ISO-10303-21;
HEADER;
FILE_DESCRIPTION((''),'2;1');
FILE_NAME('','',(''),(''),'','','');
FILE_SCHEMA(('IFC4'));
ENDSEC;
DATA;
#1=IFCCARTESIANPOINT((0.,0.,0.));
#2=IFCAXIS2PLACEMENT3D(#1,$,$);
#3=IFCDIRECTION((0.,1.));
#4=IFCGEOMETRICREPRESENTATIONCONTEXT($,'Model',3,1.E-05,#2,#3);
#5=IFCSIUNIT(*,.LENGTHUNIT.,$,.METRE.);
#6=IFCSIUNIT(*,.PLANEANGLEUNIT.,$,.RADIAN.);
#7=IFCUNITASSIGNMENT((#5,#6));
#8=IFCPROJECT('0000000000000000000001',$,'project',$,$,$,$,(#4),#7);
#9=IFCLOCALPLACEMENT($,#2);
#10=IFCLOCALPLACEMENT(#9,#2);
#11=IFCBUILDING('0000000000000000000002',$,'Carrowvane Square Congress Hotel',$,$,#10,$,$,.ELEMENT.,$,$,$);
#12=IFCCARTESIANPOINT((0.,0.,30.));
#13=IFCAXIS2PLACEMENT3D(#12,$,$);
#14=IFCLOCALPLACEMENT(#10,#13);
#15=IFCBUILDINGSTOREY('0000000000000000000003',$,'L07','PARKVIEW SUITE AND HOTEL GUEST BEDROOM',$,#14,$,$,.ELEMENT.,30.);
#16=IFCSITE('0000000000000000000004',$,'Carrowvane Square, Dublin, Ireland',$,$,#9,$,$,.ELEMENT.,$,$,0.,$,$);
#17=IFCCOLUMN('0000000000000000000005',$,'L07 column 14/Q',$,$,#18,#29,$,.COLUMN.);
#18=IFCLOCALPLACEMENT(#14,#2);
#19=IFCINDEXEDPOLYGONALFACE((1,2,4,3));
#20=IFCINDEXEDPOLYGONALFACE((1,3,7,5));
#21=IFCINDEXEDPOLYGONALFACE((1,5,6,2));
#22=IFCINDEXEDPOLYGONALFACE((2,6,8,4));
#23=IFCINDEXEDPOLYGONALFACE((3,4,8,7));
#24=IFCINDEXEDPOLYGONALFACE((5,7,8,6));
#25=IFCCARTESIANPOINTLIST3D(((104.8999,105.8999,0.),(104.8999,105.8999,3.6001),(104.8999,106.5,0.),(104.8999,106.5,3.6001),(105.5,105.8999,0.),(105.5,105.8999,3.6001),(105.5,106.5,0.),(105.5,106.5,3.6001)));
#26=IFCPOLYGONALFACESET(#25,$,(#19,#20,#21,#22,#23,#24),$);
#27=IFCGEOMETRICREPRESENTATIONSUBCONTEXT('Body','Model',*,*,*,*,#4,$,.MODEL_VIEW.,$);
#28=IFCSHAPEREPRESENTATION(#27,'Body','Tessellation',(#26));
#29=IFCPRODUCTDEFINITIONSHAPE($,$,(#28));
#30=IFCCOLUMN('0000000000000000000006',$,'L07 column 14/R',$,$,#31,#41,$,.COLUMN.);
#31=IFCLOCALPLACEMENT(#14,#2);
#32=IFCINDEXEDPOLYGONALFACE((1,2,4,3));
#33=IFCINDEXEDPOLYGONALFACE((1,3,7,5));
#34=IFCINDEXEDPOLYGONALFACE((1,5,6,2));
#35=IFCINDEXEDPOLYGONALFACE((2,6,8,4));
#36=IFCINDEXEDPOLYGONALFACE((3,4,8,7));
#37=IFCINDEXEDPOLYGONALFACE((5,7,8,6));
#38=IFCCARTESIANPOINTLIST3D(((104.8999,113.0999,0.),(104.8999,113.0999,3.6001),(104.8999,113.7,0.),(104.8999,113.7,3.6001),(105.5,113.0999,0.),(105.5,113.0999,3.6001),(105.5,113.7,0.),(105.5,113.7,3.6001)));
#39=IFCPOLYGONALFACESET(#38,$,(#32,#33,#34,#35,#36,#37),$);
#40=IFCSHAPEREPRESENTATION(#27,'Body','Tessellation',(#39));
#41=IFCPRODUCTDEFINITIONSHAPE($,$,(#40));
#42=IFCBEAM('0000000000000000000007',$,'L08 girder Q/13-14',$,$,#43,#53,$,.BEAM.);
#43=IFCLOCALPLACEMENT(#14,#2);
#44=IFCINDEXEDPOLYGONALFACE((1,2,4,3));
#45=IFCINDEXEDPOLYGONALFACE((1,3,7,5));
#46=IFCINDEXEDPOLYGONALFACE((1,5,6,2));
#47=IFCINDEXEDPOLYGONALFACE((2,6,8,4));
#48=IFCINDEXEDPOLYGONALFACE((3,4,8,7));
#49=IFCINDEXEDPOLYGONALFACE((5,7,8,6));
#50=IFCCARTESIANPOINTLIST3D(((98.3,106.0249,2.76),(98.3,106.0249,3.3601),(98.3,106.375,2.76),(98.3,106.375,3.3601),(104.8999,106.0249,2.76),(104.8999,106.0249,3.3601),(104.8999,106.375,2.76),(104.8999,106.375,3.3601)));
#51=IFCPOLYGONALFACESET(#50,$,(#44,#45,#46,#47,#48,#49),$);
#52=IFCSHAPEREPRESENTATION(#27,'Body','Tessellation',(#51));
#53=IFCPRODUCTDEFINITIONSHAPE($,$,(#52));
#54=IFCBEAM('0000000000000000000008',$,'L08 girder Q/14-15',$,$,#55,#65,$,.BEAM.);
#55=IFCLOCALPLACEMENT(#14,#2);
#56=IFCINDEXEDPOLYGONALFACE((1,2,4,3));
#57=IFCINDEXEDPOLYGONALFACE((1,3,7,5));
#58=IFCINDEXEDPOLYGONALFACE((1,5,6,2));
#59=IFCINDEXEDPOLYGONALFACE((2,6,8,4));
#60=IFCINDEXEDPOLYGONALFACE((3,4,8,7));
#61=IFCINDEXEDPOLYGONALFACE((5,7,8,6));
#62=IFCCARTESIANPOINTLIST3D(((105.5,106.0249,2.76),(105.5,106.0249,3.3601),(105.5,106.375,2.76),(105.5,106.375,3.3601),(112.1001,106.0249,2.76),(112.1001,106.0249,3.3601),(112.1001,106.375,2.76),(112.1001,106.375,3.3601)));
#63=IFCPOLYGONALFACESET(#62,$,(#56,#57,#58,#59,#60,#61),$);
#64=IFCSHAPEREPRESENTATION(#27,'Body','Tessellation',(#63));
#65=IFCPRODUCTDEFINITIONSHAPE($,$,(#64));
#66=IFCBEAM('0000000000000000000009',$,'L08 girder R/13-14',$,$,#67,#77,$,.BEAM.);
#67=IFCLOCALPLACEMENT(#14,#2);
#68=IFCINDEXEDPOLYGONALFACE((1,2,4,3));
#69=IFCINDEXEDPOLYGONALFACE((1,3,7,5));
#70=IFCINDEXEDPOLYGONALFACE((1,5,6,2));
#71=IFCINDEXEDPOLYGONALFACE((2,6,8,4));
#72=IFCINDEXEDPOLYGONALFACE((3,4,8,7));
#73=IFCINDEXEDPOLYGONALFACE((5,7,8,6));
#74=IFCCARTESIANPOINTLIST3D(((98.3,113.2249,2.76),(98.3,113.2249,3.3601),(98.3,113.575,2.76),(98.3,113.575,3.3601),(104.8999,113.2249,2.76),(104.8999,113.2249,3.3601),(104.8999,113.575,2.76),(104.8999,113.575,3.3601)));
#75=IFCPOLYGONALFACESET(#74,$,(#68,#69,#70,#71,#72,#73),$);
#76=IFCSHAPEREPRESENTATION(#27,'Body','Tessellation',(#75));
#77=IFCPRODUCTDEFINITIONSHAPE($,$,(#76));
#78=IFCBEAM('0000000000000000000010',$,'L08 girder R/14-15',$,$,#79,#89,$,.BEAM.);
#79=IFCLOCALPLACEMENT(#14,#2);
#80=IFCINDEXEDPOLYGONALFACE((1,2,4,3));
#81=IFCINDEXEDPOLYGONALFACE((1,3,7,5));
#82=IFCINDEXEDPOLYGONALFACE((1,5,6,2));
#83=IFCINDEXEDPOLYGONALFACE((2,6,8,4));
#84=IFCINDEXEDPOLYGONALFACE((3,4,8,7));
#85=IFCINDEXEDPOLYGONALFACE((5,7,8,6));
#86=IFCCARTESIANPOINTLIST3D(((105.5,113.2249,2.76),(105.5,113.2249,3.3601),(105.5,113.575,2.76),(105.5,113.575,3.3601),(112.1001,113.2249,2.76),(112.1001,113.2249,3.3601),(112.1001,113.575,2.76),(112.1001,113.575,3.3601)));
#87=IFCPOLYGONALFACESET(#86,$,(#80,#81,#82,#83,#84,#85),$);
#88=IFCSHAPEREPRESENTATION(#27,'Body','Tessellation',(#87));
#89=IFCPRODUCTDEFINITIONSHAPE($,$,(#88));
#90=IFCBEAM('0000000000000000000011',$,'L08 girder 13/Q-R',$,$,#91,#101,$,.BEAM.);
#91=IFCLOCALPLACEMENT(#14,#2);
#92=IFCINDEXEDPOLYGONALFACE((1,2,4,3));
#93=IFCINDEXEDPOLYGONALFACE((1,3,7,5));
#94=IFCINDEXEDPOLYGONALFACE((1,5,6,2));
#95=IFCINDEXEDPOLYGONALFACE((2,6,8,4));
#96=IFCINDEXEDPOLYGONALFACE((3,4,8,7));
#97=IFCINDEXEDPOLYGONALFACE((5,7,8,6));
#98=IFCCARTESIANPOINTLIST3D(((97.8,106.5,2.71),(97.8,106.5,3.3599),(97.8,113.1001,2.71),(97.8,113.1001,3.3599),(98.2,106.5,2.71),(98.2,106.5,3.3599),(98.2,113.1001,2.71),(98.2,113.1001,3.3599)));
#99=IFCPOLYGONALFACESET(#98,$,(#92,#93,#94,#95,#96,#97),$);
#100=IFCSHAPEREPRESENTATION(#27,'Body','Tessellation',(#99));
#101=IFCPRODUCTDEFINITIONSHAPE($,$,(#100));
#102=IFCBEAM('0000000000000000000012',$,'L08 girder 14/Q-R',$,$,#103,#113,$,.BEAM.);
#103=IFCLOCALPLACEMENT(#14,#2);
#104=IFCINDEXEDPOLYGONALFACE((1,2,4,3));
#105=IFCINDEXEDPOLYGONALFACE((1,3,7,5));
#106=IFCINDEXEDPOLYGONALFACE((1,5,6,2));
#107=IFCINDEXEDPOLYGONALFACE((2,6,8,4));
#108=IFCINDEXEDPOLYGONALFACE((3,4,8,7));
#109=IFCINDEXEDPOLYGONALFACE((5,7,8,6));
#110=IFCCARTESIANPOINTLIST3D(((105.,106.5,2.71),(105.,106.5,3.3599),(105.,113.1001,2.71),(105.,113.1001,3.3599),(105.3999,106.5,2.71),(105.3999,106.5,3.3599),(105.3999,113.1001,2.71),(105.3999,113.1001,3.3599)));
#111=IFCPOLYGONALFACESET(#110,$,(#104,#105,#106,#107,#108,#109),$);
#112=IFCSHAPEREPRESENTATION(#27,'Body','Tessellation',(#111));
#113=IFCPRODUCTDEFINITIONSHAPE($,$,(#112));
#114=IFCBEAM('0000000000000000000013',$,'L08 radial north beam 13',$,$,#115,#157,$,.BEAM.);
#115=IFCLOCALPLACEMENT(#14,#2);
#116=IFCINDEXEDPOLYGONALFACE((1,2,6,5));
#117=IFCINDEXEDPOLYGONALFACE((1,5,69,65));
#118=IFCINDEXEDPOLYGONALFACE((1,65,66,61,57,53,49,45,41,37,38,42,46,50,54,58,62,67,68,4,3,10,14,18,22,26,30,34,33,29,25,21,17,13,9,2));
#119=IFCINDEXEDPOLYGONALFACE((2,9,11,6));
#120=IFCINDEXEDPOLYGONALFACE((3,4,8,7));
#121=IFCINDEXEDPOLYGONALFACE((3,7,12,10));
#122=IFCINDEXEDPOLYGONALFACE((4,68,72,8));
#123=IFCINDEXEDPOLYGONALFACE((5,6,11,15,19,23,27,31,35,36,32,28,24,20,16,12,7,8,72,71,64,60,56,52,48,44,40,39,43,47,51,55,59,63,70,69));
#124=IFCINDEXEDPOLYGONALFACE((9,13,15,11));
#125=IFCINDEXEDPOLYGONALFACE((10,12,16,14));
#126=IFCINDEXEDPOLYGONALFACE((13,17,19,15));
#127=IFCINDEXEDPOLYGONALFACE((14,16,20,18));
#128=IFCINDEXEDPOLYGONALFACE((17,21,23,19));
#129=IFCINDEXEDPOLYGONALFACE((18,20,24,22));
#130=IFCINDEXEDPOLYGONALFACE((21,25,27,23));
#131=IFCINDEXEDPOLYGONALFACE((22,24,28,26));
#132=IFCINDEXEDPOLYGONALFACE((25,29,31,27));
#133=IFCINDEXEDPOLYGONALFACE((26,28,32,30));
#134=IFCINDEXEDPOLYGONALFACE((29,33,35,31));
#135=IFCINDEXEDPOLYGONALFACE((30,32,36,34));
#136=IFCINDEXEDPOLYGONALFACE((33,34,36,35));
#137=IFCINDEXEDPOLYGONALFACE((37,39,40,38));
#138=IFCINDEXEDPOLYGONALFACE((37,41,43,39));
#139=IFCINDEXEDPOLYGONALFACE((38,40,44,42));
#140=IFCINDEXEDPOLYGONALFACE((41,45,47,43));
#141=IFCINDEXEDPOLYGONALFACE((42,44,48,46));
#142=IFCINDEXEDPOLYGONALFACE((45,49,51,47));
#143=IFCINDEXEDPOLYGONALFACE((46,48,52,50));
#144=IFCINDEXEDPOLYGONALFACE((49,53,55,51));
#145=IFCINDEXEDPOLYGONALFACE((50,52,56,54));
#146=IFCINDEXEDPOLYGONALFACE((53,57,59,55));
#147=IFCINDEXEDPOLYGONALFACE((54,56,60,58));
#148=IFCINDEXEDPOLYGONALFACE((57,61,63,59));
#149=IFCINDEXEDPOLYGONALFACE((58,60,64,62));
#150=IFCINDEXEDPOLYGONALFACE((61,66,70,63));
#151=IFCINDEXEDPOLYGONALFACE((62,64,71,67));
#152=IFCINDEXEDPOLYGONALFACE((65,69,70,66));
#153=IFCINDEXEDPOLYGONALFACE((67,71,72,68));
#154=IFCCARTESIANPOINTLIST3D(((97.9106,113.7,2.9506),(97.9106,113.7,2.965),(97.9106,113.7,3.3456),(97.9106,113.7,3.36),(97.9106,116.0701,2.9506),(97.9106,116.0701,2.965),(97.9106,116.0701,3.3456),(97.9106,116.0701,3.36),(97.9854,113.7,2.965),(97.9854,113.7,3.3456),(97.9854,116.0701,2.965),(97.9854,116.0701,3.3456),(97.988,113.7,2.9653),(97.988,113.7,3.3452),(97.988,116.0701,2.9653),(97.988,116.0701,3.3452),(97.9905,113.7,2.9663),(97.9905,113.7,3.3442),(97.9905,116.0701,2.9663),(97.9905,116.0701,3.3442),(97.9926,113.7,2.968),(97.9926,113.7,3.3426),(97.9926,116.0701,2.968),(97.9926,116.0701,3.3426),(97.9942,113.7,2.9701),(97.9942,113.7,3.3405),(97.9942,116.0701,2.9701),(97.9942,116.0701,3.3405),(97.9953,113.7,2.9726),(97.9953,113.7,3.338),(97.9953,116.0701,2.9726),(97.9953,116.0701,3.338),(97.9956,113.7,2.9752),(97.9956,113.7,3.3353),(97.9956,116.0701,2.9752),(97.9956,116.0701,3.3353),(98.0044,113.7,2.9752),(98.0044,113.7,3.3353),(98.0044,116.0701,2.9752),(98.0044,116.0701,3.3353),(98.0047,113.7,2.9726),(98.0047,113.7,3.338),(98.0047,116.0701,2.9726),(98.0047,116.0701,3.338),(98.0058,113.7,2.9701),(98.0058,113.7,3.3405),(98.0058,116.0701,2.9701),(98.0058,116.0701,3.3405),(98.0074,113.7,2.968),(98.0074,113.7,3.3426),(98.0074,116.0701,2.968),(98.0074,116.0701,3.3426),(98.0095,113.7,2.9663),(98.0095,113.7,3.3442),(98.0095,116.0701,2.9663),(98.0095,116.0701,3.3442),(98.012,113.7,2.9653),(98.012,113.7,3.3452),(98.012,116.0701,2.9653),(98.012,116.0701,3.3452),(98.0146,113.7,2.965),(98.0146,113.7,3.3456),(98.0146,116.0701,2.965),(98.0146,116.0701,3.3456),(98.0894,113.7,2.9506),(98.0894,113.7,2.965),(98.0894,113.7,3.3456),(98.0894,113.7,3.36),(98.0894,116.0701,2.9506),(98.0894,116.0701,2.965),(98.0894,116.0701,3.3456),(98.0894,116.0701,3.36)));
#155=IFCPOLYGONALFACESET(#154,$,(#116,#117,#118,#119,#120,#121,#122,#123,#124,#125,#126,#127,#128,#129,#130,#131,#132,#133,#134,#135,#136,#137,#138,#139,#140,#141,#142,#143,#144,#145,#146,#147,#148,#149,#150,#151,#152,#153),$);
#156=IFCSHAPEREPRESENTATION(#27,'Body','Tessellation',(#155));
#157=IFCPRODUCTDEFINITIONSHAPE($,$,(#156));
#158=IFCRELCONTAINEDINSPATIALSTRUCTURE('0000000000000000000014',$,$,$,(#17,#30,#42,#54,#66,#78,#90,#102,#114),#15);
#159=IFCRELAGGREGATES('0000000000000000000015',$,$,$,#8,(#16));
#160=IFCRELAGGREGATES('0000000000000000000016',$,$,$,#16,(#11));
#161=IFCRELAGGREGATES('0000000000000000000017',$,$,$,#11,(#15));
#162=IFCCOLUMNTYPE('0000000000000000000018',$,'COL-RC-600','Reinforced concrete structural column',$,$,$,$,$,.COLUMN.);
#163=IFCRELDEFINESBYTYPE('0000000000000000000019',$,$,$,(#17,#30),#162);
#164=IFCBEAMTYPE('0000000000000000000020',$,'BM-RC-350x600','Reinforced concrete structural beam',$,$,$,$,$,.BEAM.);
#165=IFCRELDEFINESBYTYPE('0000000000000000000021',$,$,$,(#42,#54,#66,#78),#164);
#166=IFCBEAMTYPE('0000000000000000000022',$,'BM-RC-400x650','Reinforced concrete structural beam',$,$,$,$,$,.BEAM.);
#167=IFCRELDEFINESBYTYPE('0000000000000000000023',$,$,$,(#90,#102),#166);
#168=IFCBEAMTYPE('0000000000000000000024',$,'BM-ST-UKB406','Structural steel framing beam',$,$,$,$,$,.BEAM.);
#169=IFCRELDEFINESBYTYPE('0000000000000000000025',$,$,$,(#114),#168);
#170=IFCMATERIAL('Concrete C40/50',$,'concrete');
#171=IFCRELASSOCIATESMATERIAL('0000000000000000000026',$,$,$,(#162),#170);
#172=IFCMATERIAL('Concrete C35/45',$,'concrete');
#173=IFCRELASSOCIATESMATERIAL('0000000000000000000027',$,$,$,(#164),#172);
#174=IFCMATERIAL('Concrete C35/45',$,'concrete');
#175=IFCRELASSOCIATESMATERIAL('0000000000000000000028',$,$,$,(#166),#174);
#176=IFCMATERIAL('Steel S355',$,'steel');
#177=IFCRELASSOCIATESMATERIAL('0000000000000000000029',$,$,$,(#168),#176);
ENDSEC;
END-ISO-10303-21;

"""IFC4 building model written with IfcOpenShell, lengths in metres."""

from ifc_helpers import new_model, si_unit, direction, frame, origin, origin_2d, place, context, subcontext, project, spatial, rectangle, i_section, extrude, material, material_profile, profile_set, type_object, element, save


model = new_model("IFC4")

# Units and contexts
model_context = context("Model", 3, precision=1e-05, world=origin(), true_north=direction((0.0, 1.0)))
body_context = subcontext(model_context, "Body", "Model", "MODEL_VIEW")
ifc_project = project(units=[si_unit("LENGTHUNIT", "METRE"), si_unit("PLANEANGLEUNIT", "RADIAN")], contexts=[model_context])

# Site, building, storey
site_placement = place(None, origin())
site = spatial("IfcSite", under=ifc_project, at=site_placement, Name="Carrowvane Square, Dublin, Ireland", CompositionType="ELEMENT", RefElevation=0.0)
building_placement = place(site_placement, origin())
building = spatial("IfcBuilding", under=site, at=building_placement, Name="Carrowvane Square Congress Hotel", CompositionType="ELEMENT")
storey_placement = place(building_placement, frame((0.0, 0.0, 30.0)))
storey = spatial("IfcBuildingStorey", under=building, at=storey_placement, Name="L07", Description="PARKVIEW SUITE AND HOTEL GUEST BEDROOM", CompositionType="ELEMENT", Elevation=30.0)

# Columns
ifc_material_1 = material(Name="Concrete C40/50", Category="concrete")
ifc_material_profile_1 = material_profile(ifc_material_1, rectangle(XDim=0.6001, YDim=0.6001, at=origin_2d()), Name="RC 600x600")
ifc_profile_set_1 = profile_set([ifc_material_profile_1], Name="Concrete C40/50")
column_type = type_object("IfcColumnType", Name="COL-RC-600", Description="Reinforced concrete structural column", PredefinedType="COLUMN", material=ifc_profile_set_1)
for number, where, z_axis, x_axis, name in (
    (1, (105.2, 106.2, 0.0), (0.0, 0.0, 1.0), (1.0, 0.0, 0.0), "L07 column 14/Q"),
    (2, (105.2, 113.3999, 0.0), (0.0, 0.0, 1.0), (1.0, 0.0, 0.0), "L07 column 14/R"),
):
    element("IfcColumn", number, at=place(storey_placement, frame(where, z_axis=z_axis, x_axis=x_axis)), inside=storey, type_object=column_type, Name=name, PredefinedType="COLUMN", context=body_context, shape_type="SweptSolid", body=[
        extrude(rectangle(XDim=0.6001, YDim=0.6001, at=origin_2d()), origin(), (0.0, 0.0, 1.0), 3.6001),
    ])

# Beams
ifc_material_2 = material(Name="Concrete C35/45", Category="concrete")
ifc_material_profile_2 = material_profile(ifc_material_2, rectangle(XDim=0.3501, YDim=0.6001, at=origin_2d()), Name="RC 350x600")
ifc_profile_set_2 = profile_set([ifc_material_profile_2], Name="Concrete C35/45")
beam_type_1 = type_object("IfcBeamType", Name="BM-RC-350x600", Description="Reinforced concrete structural beam", PredefinedType="BEAM", material=ifc_profile_set_2)
beam_1_placement = place(storey_placement, frame((98.3, 106.2, 3.0601), z_axis=(1.0, 0.0, 0.0), x_axis=(0.0, 1.0, 0.0)))
element("IfcBeam", 3, at=beam_1_placement, inside=storey, type_object=beam_type_1, Name="L08 girder Q/13-14", PredefinedType="BEAM", context=body_context, shape_type="SweptSolid", body=[
    extrude(rectangle(XDim=0.3501, YDim=0.6001, at=origin_2d()), origin(), (0.0, 0.0, 1.0), 6.5999),
])
beam_2_placement = place(storey_placement, frame((105.5, 106.2, 3.0601), z_axis=(1.0, 0.0, 0.0), x_axis=(0.0, 1.0, 0.0)))
element("IfcBeam", 4, at=beam_2_placement, inside=storey, type_object=beam_type_1, Name="L08 girder Q/14-15", PredefinedType="BEAM", context=body_context, shape_type="SweptSolid", body=[
    extrude(rectangle(XDim=0.3501, YDim=0.6001, at=origin_2d()), origin(), (0.0, 0.0, 1.0), 6.6001),
])
beam_3_placement = place(storey_placement, frame((98.3, 113.3999, 3.0601), z_axis=(1.0, 0.0, 0.0), x_axis=(0.0, 1.0, 0.0)))
element("IfcBeam", 5, at=beam_3_placement, inside=storey, type_object=beam_type_1, Name="L08 girder R/13-14", PredefinedType="BEAM", context=body_context, shape_type="SweptSolid", body=[
    extrude(rectangle(XDim=0.3501, YDim=0.6001, at=origin_2d()), origin(), (0.0, 0.0, 1.0), 6.5999),
])
beam_4_placement = place(storey_placement, frame((105.5, 113.3999, 3.0601), z_axis=(1.0, 0.0, 0.0), x_axis=(0.0, 1.0, 0.0)))
element("IfcBeam", 6, at=beam_4_placement, inside=storey, type_object=beam_type_1, Name="L08 girder R/14-15", PredefinedType="BEAM", context=body_context, shape_type="SweptSolid", body=[
    extrude(rectangle(XDim=0.3501, YDim=0.6001, at=origin_2d()), origin(), (0.0, 0.0, 1.0), 6.6001),
])
ifc_material_3 = material(Name="Concrete C35/45", Category="concrete")
ifc_material_profile_3 = material_profile(ifc_material_3, rectangle(XDim=0.3999, YDim=0.6499, at=origin_2d()), Name="RC 400x650")
ifc_profile_set_3 = profile_set([ifc_material_profile_3], Name="Concrete C35/45")
beam_type_2 = type_object("IfcBeamType", Name="BM-RC-400x650", Description="Reinforced concrete structural beam", PredefinedType="BEAM", material=ifc_profile_set_3)
for number, where, z_axis, x_axis, name in (
    (7, (98.0, 106.5, 3.0349), (0.0, 1.0, 0.0), (-1.0, 0.0, 0.0), "L08 girder 13/Q-R"),
    (8, (105.2, 106.5, 3.0349), (0.0, 1.0, 0.0), (-1.0, 0.0, 0.0), "L08 girder 14/Q-R"),
):
    element("IfcBeam", number, at=place(storey_placement, frame(where, z_axis=z_axis, x_axis=x_axis)), inside=storey, type_object=beam_type_2, Name=name, PredefinedType="BEAM", context=body_context, shape_type="SweptSolid", body=[
        extrude(rectangle(XDim=0.3999, YDim=0.6499, at=origin_2d()), origin(), (0.0, 0.0, 1.0), 6.6001),
    ])
ifc_material_4 = material(Name="Steel S355", Category="steel")
ifc_material_profile_4 = material_profile(ifc_material_4, i_section(OverallWidth=0.1787, OverallDepth=0.4094, WebThickness=0.0088, FlangeThickness=0.0144, FilletRadius=0.0103, at=origin_2d()), Name="UKB 406x178x67")
ifc_profile_set_4 = profile_set([ifc_material_profile_4], Name="Steel S355")
beam_type_3 = type_object("IfcBeamType", Name="BM-ST-UKB406", Description="Structural steel framing beam", PredefinedType="BEAM", material=ifc_profile_set_4)
beam_5_placement = place(storey_placement, frame((98.0, 113.7, 3.1553), z_axis=(0.0, 1.0, 0.0), x_axis=(-1.0, 0.0, 0.0)))
element("IfcBeam", 9, at=beam_5_placement, inside=storey, type_object=beam_type_3, Name="L08 radial north beam 13", PredefinedType="BEAM", context=body_context, shape_type="SweptSolid", body=[
    extrude(i_section(OverallWidth=0.1787, OverallDepth=0.4094, WebThickness=0.0088, FlangeThickness=0.0144, FilletRadius=0.0103, at=origin_2d()), origin(), (0.0, 0.0, 1.0), 2.3701),
])

save(model, "model.ifc")
